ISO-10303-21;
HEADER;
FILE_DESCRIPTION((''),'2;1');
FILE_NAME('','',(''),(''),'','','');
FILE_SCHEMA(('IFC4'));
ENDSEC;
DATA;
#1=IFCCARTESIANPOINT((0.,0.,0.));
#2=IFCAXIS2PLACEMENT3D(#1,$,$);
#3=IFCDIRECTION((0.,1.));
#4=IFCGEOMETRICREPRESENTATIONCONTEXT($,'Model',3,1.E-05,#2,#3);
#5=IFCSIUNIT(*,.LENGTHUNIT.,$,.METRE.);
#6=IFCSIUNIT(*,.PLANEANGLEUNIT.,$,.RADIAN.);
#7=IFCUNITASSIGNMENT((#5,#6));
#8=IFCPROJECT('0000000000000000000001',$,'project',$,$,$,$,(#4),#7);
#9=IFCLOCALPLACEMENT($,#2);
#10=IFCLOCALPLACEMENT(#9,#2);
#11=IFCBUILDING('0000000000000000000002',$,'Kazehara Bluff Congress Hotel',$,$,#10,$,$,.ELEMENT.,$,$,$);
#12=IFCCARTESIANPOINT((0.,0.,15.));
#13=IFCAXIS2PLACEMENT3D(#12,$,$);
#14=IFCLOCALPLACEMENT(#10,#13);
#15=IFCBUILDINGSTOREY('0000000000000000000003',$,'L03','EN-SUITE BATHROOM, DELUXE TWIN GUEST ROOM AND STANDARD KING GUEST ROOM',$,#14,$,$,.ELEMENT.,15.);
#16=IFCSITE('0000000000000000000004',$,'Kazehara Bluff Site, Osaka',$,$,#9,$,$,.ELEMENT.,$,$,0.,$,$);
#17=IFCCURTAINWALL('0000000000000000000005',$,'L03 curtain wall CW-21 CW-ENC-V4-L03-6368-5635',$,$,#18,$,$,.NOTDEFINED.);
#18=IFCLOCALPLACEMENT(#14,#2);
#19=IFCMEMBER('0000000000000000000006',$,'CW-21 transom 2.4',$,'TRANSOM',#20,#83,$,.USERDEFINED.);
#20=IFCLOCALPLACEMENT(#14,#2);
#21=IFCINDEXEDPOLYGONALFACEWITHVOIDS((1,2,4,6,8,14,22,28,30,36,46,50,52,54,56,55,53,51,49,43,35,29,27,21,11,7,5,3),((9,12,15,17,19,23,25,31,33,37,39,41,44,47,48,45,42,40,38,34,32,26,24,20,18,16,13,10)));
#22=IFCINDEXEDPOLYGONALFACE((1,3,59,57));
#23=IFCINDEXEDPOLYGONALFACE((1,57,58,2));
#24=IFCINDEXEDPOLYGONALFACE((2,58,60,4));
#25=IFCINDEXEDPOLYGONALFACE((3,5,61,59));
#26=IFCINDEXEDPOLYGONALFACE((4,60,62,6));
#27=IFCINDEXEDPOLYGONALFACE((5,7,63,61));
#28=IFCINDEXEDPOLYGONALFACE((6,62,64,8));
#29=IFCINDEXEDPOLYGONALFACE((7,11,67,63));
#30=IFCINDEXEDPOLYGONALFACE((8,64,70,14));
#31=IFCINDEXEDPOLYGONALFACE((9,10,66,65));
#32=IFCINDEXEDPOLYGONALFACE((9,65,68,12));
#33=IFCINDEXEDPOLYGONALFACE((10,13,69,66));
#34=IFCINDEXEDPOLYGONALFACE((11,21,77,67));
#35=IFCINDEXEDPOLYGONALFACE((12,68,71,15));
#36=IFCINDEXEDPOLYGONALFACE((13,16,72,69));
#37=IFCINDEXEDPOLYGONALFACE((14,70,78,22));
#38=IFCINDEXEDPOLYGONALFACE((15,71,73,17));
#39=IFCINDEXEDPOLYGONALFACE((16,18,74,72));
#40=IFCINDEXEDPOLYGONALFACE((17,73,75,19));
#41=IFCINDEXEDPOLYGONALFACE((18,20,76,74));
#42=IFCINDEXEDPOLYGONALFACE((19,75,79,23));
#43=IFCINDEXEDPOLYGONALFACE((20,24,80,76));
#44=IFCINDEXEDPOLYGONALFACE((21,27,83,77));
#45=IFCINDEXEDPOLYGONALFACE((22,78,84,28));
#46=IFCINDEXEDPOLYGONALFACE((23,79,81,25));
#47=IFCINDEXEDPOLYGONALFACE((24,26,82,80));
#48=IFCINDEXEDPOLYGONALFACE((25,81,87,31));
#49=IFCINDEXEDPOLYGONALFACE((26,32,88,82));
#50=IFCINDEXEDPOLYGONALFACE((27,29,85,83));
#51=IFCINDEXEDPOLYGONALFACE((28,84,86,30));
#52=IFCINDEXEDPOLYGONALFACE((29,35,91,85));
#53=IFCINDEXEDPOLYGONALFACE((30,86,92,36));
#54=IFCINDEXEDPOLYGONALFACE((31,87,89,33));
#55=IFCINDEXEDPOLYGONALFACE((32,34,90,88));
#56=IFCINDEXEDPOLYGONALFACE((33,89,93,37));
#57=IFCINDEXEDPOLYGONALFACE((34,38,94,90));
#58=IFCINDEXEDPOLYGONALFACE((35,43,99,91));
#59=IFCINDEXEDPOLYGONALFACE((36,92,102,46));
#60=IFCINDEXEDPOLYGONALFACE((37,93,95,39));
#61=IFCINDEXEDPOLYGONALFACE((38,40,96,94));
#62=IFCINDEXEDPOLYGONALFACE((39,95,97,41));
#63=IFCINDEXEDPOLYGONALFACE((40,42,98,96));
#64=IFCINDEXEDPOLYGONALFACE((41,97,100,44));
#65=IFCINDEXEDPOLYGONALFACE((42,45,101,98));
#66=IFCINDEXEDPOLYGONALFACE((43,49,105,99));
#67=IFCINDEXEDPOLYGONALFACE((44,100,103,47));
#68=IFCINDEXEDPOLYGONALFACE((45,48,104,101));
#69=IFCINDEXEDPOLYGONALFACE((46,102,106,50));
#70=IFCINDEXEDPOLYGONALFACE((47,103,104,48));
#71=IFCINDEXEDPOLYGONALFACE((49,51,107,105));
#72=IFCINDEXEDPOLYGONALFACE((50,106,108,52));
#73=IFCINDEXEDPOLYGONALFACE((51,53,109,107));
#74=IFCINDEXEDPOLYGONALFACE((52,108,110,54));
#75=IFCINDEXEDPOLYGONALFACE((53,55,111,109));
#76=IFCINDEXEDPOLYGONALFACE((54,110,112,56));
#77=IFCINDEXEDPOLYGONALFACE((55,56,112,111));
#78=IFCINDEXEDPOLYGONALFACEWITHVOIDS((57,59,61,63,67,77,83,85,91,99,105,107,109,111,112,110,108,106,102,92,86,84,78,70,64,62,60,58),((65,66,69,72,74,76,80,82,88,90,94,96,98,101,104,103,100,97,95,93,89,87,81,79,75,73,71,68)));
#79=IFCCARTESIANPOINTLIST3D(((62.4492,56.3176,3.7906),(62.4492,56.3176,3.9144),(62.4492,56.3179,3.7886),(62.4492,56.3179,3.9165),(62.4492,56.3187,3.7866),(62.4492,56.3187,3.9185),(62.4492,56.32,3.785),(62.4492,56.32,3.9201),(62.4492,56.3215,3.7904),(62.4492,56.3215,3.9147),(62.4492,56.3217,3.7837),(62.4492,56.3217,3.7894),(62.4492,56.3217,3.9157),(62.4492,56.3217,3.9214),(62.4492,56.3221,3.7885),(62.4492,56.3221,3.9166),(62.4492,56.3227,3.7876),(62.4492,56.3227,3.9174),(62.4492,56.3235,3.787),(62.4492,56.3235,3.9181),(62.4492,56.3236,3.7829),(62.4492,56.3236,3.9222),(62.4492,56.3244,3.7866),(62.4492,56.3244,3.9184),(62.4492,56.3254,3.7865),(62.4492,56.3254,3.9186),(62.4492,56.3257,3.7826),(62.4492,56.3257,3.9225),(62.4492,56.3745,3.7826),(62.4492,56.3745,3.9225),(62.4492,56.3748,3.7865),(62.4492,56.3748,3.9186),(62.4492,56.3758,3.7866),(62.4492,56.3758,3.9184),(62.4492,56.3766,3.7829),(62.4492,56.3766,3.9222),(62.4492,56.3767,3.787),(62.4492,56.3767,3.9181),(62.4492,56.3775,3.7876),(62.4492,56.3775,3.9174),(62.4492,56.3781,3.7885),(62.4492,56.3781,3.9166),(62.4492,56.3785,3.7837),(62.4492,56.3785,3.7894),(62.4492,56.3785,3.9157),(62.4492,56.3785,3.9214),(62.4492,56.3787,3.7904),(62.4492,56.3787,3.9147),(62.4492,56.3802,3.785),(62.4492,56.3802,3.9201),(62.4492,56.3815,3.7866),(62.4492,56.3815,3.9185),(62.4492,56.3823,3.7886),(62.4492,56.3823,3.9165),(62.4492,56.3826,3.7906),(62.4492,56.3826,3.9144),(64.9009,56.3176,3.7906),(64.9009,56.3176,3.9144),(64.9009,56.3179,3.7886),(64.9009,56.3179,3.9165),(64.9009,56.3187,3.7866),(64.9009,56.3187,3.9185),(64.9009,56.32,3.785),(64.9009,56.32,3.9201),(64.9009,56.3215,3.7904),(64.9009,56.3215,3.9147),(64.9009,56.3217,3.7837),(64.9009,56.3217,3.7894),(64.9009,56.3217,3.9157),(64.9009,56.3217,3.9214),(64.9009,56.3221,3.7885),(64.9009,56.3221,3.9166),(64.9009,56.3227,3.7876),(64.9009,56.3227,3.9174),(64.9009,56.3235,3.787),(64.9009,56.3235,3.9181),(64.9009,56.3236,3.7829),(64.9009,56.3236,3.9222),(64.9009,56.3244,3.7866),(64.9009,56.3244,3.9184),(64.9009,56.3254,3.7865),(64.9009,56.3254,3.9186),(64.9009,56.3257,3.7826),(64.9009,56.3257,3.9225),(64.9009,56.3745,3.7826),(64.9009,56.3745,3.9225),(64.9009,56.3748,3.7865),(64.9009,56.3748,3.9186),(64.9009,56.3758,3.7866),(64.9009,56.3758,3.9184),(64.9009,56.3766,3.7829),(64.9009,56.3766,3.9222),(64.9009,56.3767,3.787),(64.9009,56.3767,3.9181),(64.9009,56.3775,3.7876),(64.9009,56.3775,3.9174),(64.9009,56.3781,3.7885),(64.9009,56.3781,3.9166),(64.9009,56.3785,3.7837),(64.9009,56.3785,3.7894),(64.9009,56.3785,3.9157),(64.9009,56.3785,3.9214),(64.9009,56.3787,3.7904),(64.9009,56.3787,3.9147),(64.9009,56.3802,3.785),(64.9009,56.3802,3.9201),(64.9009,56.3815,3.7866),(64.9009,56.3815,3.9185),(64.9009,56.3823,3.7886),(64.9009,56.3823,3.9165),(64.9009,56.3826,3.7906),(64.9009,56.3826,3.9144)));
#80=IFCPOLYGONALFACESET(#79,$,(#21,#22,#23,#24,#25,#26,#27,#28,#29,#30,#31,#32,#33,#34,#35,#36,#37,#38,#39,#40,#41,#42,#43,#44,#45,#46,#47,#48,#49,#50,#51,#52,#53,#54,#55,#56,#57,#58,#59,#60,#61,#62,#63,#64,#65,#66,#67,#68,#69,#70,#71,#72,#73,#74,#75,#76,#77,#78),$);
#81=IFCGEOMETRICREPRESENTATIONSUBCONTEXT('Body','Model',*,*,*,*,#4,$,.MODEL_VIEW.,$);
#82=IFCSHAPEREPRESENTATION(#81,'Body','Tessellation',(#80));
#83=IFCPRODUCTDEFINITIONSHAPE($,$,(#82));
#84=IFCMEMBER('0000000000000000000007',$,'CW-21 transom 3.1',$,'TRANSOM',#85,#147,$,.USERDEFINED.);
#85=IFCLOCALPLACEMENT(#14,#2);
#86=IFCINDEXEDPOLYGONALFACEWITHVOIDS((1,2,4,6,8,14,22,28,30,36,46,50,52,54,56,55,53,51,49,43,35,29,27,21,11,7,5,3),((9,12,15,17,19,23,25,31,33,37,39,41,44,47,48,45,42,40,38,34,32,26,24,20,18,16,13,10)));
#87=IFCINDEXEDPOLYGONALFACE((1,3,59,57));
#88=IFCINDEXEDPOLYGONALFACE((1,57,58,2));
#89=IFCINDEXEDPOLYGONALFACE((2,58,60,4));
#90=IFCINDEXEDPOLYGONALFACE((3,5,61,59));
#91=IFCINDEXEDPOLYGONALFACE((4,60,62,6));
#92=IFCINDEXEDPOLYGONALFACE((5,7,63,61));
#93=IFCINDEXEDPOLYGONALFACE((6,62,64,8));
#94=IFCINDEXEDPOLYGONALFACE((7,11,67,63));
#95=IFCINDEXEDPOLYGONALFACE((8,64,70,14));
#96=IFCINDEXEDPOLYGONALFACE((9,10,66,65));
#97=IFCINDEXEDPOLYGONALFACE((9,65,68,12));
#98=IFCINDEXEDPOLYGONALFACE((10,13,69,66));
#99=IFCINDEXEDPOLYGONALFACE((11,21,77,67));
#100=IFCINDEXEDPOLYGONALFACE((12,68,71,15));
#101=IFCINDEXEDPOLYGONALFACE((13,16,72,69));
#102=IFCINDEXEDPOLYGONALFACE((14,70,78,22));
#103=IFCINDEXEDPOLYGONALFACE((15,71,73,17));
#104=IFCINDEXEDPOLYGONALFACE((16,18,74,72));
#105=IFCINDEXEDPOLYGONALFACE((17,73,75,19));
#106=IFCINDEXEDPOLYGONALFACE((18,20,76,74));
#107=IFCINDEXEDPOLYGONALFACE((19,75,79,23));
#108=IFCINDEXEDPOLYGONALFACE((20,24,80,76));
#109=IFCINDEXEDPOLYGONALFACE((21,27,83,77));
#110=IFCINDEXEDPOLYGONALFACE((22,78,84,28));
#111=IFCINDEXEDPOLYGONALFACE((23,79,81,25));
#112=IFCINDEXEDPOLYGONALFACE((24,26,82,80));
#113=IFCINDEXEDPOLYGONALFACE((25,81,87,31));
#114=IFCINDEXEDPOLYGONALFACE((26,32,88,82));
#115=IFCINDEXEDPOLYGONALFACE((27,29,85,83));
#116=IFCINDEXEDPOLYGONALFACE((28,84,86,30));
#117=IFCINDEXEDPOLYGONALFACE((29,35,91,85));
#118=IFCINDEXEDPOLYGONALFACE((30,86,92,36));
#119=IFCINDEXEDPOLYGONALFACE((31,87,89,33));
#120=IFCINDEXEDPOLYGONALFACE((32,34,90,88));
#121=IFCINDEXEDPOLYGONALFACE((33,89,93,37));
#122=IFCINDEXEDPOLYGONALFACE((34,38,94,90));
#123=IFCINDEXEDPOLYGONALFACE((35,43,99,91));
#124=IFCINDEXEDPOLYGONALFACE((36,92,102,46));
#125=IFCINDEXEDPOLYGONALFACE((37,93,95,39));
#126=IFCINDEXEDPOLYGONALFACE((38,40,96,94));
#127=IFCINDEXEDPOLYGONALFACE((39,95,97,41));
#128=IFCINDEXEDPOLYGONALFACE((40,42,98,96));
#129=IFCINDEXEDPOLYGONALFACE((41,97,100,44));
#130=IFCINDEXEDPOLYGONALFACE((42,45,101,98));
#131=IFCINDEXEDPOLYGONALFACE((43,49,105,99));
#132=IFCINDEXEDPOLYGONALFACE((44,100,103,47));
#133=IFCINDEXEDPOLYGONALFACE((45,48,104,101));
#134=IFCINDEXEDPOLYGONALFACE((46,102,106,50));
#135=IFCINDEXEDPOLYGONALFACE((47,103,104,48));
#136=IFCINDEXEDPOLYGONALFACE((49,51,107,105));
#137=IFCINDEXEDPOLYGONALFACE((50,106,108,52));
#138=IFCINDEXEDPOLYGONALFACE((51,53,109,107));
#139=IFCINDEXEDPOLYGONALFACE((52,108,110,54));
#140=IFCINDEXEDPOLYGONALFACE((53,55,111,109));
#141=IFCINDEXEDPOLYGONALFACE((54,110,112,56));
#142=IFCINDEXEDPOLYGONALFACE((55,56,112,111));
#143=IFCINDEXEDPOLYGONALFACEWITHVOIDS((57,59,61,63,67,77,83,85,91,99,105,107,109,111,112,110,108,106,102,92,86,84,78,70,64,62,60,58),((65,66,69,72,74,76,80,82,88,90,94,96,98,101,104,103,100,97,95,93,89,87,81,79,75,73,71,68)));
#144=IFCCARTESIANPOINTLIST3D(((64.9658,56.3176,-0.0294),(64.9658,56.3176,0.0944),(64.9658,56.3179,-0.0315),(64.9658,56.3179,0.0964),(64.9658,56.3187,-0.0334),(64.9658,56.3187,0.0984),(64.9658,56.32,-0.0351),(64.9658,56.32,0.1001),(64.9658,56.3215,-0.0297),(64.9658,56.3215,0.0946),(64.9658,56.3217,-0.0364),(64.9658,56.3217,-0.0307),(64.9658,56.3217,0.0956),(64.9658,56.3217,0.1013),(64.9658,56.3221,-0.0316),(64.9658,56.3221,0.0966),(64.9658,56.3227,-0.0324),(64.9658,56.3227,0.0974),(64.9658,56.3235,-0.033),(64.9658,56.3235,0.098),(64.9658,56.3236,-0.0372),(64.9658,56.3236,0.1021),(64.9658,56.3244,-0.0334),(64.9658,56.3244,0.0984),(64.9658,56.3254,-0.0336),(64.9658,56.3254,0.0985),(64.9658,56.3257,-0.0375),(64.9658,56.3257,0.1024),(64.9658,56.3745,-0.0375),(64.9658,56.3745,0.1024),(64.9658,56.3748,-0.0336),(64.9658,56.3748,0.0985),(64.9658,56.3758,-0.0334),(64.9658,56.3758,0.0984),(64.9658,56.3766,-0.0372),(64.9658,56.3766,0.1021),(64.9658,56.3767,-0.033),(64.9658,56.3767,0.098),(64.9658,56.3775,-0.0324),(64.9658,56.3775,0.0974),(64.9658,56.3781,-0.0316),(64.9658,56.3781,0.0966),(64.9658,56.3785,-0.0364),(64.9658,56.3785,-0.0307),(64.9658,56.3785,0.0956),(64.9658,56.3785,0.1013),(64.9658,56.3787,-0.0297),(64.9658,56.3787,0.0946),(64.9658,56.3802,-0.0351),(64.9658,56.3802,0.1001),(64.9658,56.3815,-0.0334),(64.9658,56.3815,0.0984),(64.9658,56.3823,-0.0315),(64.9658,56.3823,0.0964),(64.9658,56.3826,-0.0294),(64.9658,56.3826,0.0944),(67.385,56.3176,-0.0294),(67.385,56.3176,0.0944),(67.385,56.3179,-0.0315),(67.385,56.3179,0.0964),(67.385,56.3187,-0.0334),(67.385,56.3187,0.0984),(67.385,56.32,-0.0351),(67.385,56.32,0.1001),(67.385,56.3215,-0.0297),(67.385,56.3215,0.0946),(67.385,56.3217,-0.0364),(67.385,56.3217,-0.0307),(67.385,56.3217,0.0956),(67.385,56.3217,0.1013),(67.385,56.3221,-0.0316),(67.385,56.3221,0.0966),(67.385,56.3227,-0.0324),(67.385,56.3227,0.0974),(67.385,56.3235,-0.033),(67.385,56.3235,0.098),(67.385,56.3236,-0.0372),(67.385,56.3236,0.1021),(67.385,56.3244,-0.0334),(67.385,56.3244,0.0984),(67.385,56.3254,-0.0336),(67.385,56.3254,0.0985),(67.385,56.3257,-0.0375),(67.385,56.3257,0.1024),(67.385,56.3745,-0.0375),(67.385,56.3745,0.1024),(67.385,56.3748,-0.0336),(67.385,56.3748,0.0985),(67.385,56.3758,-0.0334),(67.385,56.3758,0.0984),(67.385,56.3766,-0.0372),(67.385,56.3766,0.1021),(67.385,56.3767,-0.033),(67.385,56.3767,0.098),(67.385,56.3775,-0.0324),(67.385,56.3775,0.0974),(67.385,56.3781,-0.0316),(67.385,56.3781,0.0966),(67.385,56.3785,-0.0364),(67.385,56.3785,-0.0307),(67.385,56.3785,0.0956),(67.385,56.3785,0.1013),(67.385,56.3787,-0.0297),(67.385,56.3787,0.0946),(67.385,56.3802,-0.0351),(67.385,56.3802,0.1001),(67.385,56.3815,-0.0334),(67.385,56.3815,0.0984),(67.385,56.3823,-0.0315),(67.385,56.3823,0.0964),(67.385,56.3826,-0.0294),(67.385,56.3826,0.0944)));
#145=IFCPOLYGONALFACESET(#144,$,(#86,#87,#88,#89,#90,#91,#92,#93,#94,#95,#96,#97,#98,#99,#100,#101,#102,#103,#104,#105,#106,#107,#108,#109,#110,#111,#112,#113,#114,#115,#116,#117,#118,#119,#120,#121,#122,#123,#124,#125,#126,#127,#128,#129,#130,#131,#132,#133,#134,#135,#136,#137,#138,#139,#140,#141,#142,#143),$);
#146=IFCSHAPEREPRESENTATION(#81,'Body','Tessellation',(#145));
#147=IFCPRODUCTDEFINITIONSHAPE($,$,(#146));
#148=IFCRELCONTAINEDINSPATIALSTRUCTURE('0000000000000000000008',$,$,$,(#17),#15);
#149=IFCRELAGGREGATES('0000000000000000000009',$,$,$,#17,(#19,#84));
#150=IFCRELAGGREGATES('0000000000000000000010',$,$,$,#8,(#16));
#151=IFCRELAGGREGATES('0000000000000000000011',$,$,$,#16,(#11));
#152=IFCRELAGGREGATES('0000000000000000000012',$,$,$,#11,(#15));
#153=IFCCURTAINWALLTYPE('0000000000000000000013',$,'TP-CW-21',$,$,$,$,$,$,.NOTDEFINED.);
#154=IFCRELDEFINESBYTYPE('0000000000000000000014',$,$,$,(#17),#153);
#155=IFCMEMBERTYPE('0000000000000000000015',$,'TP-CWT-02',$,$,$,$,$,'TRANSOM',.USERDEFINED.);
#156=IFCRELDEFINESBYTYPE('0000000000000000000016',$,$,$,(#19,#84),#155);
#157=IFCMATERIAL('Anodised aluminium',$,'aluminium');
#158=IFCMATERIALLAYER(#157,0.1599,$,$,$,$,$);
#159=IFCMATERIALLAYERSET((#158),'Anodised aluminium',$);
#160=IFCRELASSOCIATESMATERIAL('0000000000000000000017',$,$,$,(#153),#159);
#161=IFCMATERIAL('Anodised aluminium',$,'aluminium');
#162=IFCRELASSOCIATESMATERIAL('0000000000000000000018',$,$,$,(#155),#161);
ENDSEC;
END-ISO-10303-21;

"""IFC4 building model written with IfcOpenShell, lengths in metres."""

from ifc_helpers import new_model, si_unit, direction, frame, origin, origin_2d, place, context, subcontext, project, spatial, hollow_rectangle, extrude, material, layer, layer_set, material_profile, profile_set, type_object, element, aggregate, save


model = new_model("IFC4")

# Units and contexts
model_context = context("Model", 3, precision=1e-05, world=origin(), true_north=direction((0.0, 1.0)))
body_context = subcontext(model_context, "Body", "Model", "MODEL_VIEW")
ifc_project = project(units=[si_unit("LENGTHUNIT", "METRE"), si_unit("PLANEANGLEUNIT", "RADIAN")], contexts=[model_context])

# Site, building, storey
site_placement = place(None, origin())
site = spatial("IfcSite", under=ifc_project, at=site_placement, Name="Kazehara Bluff Site, Osaka", CompositionType="ELEMENT", RefElevation=0.0)
building_placement = place(site_placement, origin())
building = spatial("IfcBuilding", under=site, at=building_placement, Name="Kazehara Bluff Congress Hotel", CompositionType="ELEMENT")
storey_placement = place(building_placement, frame((0.0, 0.0, 15.0)))
storey = spatial("IfcBuildingStorey", under=building, at=storey_placement, Name="L03", Description="EN-SUITE BATHROOM, DELUXE TWIN GUEST ROOM AND STANDARD KING GUEST ROOM", CompositionType="ELEMENT", Elevation=15.0)

# Curtain wall, members
ifc_material_1 = material(Name="Anodised aluminium", Category="aluminium")
ifc_layer_1 = layer(ifc_material_1, 0.1599)
ifc_layer_set_1 = layer_set([ifc_layer_1], Name="Anodised aluminium")
curtain_wall_type = type_object("IfcCurtainWallType", Name="TP-CW-21", PredefinedType="NOTDEFINED", material=ifc_layer_set_1)
curtain_wall_placement = place(storey_placement, origin())
curtain_wall = element("IfcCurtainWall", 1, at=curtain_wall_placement, inside=storey, type_object=curtain_wall_type, Name="L03 curtain wall CW-21 CW-ENC-V4-L03-6368-5635", PredefinedType="NOTDEFINED")
ifc_material_2 = material(Name="Anodised aluminium", Category="aluminium")
ifc_material_profile_1 = material_profile(ifc_material_2, hollow_rectangle(XDim=0.0649, YDim=0.1399, WallThickness=0.0039, InnerFilletRadius=0.0039, OuterFilletRadius=0.0081, at=origin_2d()))
ifc_profile_set_1 = profile_set([ifc_material_profile_1], Name="Anodised aluminium")
member_type_1 = type_object("IfcMemberType", Name="TP-CWT-02", ElementType="TRANSOM", PredefinedType="USERDEFINED", material=ifc_profile_set_1)
member_1_placement = place(storey_placement, frame((62.4492, 56.3501, 3.8525), z_axis=(1.0, 0.0, 0.0), x_axis=(0.0, 1.0, 0.0)))
member_1 = element("IfcMember", 2, at=member_1_placement, type_object=member_type_1, Name="CW-21 transom 2.4", ObjectType="TRANSOM", PredefinedType="USERDEFINED", context=body_context, shape_type="SweptSolid", body=[
    extrude(hollow_rectangle(XDim=0.0649, YDim=0.1399, WallThickness=0.0039, InnerFilletRadius=0.0039, OuterFilletRadius=0.0081, at=origin_2d()), origin(), (0.0, 0.0, 1.0), 2.4517),
])
member_2_placement = place(storey_placement, frame((64.9658, 56.3501, 0.0325), z_axis=(1.0, 0.0, 0.0), x_axis=(0.0, 1.0, 0.0)))
member_2 = element("IfcMember", 3, at=member_2_placement, type_object=member_type_1, Name="CW-21 transom 3.1", ObjectType="TRANSOM", PredefinedType="USERDEFINED", context=body_context, shape_type="SweptSolid", body=[
    extrude(hollow_rectangle(XDim=0.0649, YDim=0.1399, WallThickness=0.0039, InnerFilletRadius=0.0039, OuterFilletRadius=0.0081, at=origin_2d()), origin(), (0.0, 0.0, 1.0), 2.4192),
])

aggregate(curtain_wall, [member_1, member_2])

save(model, "model.ifc")
